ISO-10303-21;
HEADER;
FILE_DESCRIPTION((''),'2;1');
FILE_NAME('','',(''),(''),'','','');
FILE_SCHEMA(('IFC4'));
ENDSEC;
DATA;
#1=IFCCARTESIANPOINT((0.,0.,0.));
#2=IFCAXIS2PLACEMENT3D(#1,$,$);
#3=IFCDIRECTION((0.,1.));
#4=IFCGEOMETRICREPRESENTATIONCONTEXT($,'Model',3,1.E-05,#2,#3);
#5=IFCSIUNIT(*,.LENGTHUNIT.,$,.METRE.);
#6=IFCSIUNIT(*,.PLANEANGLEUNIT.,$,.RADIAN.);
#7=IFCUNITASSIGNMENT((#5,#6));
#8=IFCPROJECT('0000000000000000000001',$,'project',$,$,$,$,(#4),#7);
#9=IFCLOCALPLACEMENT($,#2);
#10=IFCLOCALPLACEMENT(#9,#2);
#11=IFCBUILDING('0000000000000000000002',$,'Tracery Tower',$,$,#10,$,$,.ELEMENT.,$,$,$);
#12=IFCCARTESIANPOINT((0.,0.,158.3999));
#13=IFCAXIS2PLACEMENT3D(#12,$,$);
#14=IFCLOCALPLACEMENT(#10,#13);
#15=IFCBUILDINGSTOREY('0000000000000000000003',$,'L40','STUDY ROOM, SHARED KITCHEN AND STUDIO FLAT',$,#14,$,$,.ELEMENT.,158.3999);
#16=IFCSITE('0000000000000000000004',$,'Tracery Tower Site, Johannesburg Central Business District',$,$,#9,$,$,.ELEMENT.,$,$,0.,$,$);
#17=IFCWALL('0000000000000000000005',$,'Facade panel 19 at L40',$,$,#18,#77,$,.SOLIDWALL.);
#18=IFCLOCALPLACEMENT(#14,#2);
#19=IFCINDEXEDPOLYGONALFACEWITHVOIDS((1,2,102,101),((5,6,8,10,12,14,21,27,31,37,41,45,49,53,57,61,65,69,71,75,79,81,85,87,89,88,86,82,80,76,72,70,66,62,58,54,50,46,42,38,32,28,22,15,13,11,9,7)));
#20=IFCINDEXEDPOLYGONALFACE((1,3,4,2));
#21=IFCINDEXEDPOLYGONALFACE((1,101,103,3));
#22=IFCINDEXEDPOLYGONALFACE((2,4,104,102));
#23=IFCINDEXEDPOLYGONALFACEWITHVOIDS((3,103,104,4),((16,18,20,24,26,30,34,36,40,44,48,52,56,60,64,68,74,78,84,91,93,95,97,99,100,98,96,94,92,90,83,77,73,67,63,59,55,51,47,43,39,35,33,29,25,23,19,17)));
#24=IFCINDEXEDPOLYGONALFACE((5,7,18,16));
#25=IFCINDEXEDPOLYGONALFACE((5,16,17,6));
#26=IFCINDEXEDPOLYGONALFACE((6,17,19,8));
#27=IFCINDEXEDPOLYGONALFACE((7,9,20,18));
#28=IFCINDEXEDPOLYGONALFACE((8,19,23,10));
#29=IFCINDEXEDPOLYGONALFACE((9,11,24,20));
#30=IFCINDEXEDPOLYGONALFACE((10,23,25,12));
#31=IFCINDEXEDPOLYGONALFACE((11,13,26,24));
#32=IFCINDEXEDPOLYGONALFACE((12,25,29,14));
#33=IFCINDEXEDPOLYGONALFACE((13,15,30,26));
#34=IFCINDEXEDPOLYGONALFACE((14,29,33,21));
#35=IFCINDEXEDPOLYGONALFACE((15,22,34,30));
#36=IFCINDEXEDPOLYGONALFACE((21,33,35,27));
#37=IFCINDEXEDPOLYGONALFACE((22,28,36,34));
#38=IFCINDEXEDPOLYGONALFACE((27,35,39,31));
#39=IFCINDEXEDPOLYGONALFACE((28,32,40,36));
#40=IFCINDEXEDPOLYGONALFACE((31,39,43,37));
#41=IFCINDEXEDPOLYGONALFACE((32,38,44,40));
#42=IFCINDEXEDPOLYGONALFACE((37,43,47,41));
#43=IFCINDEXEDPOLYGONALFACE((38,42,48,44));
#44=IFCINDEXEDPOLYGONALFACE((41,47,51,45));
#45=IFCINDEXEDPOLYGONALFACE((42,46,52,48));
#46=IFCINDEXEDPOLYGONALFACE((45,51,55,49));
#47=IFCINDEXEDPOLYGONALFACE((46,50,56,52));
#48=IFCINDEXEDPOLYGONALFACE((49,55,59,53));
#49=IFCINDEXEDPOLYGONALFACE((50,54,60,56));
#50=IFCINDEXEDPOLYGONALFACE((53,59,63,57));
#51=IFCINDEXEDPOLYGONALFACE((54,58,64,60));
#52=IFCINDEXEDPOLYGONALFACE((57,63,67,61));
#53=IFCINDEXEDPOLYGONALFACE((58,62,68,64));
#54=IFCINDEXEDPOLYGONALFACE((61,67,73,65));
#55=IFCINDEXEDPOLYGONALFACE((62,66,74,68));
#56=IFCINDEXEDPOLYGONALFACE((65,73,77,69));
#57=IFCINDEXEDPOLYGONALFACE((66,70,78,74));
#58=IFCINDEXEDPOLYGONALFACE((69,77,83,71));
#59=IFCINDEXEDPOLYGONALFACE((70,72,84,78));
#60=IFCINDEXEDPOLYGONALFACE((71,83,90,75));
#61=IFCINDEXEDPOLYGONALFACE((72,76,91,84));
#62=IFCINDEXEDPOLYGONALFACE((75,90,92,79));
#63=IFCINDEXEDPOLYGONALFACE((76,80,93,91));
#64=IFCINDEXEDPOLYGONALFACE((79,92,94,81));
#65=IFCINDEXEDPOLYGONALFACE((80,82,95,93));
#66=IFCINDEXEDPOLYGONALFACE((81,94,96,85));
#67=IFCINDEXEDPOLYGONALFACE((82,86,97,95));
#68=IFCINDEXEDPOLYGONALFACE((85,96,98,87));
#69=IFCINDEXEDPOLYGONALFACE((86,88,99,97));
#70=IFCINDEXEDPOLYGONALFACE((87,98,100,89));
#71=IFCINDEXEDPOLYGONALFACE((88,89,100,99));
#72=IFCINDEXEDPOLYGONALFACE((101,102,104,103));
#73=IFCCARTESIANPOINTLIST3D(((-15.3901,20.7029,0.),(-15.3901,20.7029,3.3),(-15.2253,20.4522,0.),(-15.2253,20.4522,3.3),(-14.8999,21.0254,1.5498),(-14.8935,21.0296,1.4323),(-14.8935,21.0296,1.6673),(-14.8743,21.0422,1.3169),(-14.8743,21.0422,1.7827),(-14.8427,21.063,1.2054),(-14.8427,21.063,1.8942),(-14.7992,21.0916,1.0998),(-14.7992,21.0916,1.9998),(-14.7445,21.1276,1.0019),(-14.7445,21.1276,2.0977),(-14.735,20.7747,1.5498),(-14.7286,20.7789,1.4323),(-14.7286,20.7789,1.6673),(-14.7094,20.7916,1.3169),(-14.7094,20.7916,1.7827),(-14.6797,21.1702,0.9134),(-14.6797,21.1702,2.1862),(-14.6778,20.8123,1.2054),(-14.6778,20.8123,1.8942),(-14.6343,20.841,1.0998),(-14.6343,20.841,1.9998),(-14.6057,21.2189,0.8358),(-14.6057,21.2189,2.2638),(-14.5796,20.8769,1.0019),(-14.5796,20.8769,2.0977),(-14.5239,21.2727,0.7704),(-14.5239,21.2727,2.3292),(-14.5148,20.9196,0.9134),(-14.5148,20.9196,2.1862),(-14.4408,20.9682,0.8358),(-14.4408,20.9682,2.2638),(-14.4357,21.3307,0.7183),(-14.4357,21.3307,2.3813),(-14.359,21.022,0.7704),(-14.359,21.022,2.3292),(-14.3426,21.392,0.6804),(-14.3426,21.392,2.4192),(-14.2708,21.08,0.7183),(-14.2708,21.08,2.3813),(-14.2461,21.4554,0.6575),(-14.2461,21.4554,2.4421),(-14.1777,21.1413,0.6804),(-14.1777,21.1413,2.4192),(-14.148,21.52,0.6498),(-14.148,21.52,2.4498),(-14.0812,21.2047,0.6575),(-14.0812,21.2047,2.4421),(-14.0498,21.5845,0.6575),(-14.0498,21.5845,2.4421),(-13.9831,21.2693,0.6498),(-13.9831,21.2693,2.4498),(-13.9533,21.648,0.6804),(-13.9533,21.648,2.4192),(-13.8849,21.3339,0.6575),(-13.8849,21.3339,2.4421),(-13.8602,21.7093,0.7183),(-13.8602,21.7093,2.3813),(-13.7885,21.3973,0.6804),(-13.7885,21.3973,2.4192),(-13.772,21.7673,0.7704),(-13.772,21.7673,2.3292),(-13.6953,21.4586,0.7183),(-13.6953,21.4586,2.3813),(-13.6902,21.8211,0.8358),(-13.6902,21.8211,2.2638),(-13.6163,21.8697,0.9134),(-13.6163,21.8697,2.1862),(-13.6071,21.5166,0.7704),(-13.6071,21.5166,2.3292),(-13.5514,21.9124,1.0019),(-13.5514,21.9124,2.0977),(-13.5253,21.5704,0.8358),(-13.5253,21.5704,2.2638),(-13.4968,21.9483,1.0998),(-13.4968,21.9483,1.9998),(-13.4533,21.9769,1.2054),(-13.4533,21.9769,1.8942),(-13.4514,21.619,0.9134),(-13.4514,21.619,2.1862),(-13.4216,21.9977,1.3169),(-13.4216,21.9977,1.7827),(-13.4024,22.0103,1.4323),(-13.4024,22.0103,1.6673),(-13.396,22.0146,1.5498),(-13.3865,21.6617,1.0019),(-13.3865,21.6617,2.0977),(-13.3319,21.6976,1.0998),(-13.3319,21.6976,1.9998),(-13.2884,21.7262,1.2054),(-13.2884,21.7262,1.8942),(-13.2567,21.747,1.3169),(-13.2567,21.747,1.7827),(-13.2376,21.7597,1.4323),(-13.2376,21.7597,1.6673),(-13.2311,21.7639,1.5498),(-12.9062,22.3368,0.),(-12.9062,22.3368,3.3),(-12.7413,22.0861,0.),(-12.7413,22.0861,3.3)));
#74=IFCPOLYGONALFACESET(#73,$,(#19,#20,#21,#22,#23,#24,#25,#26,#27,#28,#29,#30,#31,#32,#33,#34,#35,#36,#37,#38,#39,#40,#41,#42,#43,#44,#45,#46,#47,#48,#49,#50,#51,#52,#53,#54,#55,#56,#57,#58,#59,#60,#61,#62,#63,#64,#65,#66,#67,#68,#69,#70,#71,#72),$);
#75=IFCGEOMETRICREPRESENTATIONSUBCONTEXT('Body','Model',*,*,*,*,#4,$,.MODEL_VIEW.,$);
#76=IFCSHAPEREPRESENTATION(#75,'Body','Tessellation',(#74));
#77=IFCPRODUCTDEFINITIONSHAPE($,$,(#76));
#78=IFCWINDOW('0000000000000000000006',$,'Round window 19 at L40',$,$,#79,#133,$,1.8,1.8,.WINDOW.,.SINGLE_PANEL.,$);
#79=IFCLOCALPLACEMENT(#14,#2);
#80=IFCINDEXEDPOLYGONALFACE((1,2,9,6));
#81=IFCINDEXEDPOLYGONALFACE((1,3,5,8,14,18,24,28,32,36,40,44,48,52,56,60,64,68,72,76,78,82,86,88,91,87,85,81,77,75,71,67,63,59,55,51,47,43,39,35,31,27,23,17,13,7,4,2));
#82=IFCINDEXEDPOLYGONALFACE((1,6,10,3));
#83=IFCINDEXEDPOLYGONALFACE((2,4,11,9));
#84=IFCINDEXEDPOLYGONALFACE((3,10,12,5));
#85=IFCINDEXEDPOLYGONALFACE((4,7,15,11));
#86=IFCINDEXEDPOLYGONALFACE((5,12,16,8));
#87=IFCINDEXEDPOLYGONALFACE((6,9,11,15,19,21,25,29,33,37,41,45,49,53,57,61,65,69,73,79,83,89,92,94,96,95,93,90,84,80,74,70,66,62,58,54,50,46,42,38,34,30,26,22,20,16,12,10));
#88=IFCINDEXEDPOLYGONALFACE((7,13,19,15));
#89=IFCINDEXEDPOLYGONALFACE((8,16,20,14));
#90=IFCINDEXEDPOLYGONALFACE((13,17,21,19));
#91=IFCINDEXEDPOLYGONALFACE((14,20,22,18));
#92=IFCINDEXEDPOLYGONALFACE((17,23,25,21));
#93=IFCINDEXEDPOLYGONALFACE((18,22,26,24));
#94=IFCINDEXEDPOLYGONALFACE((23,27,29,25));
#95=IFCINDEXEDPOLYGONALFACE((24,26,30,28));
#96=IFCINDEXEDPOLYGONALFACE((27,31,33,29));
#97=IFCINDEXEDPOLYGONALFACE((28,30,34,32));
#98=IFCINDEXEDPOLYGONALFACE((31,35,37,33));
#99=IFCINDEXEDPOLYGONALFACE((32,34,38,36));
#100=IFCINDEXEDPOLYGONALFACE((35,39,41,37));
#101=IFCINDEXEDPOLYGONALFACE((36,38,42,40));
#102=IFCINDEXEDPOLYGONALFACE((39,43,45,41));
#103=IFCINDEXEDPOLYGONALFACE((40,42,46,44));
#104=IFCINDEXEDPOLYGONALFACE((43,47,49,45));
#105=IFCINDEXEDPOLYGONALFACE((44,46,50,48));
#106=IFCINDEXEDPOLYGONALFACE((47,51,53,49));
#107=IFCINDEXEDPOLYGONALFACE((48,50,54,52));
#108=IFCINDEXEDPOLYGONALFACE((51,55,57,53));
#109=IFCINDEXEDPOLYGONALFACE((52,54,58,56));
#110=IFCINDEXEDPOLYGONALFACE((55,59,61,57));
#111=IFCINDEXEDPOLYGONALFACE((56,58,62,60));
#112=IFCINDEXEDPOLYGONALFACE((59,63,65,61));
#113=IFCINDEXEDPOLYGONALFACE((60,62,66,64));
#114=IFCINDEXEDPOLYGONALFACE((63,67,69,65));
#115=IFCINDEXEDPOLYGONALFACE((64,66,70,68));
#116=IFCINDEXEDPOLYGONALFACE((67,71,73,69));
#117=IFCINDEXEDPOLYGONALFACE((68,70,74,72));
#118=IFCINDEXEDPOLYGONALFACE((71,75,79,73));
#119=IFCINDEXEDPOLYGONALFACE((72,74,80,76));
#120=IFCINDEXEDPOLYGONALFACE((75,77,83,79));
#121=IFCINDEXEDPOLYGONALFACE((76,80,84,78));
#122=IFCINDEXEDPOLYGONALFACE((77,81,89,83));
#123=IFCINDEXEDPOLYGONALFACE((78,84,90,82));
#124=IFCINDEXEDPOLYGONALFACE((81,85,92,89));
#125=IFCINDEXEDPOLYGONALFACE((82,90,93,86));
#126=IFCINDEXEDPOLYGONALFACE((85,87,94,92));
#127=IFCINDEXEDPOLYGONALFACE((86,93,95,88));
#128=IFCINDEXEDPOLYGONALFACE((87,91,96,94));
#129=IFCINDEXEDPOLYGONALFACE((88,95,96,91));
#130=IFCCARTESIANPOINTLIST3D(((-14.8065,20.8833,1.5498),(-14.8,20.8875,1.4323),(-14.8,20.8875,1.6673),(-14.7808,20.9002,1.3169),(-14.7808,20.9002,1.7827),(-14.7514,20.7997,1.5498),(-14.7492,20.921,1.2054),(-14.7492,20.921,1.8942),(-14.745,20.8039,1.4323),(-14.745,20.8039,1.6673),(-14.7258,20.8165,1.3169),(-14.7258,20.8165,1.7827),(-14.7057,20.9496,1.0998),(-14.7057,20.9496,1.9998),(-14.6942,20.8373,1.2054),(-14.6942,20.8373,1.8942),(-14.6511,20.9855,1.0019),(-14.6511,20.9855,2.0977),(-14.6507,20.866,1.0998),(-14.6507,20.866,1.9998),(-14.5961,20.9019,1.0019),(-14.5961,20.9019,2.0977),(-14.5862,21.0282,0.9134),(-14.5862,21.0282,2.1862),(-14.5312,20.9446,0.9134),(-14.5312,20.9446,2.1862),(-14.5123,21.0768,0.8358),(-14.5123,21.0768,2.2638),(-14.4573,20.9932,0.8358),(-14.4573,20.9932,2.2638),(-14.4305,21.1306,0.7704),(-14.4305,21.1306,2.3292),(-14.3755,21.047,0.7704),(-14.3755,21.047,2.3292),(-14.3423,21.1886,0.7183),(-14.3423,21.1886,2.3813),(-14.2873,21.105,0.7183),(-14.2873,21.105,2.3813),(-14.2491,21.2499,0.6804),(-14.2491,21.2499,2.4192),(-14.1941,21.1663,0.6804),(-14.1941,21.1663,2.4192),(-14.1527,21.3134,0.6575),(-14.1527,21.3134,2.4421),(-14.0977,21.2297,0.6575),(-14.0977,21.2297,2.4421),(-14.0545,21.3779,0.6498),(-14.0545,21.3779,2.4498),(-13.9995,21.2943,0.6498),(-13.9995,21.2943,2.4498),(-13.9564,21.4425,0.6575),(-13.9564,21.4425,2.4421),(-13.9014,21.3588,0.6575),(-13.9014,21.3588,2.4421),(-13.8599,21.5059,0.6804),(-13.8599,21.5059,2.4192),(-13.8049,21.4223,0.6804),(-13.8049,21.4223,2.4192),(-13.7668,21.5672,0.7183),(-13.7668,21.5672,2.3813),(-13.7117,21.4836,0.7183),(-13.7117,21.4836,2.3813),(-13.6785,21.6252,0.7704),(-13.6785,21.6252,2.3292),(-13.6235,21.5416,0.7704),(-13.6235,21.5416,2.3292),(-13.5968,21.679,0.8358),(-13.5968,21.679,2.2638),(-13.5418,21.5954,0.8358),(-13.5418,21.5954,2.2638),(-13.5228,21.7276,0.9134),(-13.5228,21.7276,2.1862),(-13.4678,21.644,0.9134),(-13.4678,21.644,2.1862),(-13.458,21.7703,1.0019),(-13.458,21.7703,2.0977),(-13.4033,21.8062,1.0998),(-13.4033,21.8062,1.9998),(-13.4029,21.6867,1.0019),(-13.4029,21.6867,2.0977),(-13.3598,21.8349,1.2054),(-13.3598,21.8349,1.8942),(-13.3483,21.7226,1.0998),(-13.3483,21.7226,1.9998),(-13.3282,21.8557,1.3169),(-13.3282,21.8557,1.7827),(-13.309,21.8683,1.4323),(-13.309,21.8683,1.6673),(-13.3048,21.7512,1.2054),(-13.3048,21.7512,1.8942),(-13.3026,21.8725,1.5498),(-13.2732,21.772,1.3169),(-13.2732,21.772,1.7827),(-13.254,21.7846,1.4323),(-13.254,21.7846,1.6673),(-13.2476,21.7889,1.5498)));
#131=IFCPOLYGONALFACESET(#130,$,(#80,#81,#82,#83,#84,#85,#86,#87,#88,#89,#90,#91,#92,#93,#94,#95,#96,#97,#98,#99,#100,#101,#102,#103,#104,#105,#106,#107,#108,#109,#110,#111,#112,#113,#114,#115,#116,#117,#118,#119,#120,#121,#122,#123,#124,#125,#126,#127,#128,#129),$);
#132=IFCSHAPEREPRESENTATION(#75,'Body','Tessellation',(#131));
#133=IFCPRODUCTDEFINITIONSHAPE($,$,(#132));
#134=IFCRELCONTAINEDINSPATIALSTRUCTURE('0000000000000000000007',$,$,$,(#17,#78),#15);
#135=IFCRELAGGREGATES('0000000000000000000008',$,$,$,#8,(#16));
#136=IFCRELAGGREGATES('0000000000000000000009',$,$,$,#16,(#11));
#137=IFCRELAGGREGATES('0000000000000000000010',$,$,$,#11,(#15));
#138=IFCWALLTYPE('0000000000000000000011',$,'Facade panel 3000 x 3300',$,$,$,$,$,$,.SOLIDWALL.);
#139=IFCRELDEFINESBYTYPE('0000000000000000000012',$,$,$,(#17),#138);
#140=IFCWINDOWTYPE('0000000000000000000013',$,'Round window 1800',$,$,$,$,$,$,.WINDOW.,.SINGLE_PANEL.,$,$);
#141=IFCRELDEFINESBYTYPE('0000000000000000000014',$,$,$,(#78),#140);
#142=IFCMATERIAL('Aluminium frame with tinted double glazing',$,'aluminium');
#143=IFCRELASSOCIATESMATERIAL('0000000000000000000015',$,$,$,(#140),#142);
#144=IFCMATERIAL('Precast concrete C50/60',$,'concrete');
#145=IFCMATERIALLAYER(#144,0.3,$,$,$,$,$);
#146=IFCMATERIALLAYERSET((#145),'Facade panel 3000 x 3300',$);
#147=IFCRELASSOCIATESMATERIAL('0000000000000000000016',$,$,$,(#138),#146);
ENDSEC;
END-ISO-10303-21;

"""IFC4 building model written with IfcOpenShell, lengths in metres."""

from ifc_helpers import new_model, si_unit, direction, frame, frame_2d, origin, origin_2d, place, context, subcontext, project, spatial, rectangle, circle, extrude, material, layer, layer_set, type_object, element, fill, save


model = new_model("IFC4")

# Units and contexts
model_context = context("Model", 3, precision=1e-05, world=origin(), true_north=direction((0.0, 1.0)))
body_context = subcontext(model_context, "Body", "Model", "MODEL_VIEW")
ifc_project = project(units=[si_unit("LENGTHUNIT", "METRE"), si_unit("PLANEANGLEUNIT", "RADIAN")], contexts=[model_context])

# Site, building, storey
site_placement = place(None, origin())
site = spatial("IfcSite", under=ifc_project, at=site_placement, Name="Tracery Tower Site, Johannesburg Central Business District", CompositionType="ELEMENT", RefElevation=0.0)
building_placement = place(site_placement, origin())
building = spatial("IfcBuilding", under=site, at=building_placement, Name="Tracery Tower", CompositionType="ELEMENT")
storey_placement = place(building_placement, frame((0.0, 0.0, 158.3999)))
storey = spatial("IfcBuildingStorey", under=building, at=storey_placement, Name="L40", Description="STUDY ROOM, SHARED KITCHEN AND STUDIO FLAT", CompositionType="ELEMENT", Elevation=158.3999)

# Wall, opening, window
ifc_material_1 = material(Name="Aluminium frame with tinted double glazing", Category="aluminium")
window_type = type_object("IfcWindowType", Name="Round window 1800", PartitioningType="SINGLE_PANEL", PredefinedType="WINDOW", material=ifc_material_1)
ifc_material_2 = material(Name="Precast concrete C50/60", Category="concrete")
ifc_layer_1 = layer(ifc_material_2, 0.3)
ifc_layer_set_1 = layer_set([ifc_layer_1], Name="Facade panel 3000 x 3300")
wall_type_1 = type_object("IfcWallType", Name="Facade panel 3000 x 3300", PredefinedType="SOLIDWALL", material=ifc_layer_set_1)
wall_1_placement = place(storey_placement, frame((-12.8237, 22.2114, 0.0), z_axis=(0.0, 0.0, 1.0), x_axis=(-0.835471, -0.549535, 0.0)))
wall_1 = element("IfcWall", 1, at=wall_1_placement, inside=storey, type_object=wall_type_1, Name="Facade panel 19 at L40", PredefinedType="SOLIDWALL", context=body_context, shape_type="SweptSolid", body=[
    extrude(rectangle(XDim=2.9731, YDim=0.3, at=frame_2d((1.4866, 0.0))), origin(), (0.0, 0.0, 1.0), 3.3),
])
opening_1_placement = place(wall_1_placement, frame((1.4863, 0.0, 1.5498)))
opening_1 = element("IfcOpeningElement", 2, at=opening_1_placement, cuts=wall_1, PredefinedType="OPENING", context=body_context, shape_type="SweptSolid", body=[
    extrude(circle(Radius=0.9, at=origin_2d()), frame((0.0, 0.1599, 0.0), z_axis=(0.0, -1.0, 0.0), x_axis=(1.0, 0.0, 0.0)), (0.0, 0.0, 1.0), 0.3201),
])
window_1_placement = place(opening_1_placement, origin())
window_1 = element("IfcWindow", 3, at=window_1_placement, inside=storey, type_object=window_type, Name="Round window 19 at L40", OverallHeight=1.8, OverallWidth=1.8, PartitioningType="SINGLE_PANEL", PredefinedType="WINDOW", context=body_context, shape_type="SweptSolid", body=[
    extrude(circle(Radius=0.9, at=origin_2d()), frame((0.0, 0.1201, 0.0), z_axis=(0.0, -1.0, 0.0), x_axis=(1.0, 0.0, 0.0)), (0.0, 0.0, 1.0), 0.1001),
])
fill(opening_1, window_1)

save(model, "model.ifc")
